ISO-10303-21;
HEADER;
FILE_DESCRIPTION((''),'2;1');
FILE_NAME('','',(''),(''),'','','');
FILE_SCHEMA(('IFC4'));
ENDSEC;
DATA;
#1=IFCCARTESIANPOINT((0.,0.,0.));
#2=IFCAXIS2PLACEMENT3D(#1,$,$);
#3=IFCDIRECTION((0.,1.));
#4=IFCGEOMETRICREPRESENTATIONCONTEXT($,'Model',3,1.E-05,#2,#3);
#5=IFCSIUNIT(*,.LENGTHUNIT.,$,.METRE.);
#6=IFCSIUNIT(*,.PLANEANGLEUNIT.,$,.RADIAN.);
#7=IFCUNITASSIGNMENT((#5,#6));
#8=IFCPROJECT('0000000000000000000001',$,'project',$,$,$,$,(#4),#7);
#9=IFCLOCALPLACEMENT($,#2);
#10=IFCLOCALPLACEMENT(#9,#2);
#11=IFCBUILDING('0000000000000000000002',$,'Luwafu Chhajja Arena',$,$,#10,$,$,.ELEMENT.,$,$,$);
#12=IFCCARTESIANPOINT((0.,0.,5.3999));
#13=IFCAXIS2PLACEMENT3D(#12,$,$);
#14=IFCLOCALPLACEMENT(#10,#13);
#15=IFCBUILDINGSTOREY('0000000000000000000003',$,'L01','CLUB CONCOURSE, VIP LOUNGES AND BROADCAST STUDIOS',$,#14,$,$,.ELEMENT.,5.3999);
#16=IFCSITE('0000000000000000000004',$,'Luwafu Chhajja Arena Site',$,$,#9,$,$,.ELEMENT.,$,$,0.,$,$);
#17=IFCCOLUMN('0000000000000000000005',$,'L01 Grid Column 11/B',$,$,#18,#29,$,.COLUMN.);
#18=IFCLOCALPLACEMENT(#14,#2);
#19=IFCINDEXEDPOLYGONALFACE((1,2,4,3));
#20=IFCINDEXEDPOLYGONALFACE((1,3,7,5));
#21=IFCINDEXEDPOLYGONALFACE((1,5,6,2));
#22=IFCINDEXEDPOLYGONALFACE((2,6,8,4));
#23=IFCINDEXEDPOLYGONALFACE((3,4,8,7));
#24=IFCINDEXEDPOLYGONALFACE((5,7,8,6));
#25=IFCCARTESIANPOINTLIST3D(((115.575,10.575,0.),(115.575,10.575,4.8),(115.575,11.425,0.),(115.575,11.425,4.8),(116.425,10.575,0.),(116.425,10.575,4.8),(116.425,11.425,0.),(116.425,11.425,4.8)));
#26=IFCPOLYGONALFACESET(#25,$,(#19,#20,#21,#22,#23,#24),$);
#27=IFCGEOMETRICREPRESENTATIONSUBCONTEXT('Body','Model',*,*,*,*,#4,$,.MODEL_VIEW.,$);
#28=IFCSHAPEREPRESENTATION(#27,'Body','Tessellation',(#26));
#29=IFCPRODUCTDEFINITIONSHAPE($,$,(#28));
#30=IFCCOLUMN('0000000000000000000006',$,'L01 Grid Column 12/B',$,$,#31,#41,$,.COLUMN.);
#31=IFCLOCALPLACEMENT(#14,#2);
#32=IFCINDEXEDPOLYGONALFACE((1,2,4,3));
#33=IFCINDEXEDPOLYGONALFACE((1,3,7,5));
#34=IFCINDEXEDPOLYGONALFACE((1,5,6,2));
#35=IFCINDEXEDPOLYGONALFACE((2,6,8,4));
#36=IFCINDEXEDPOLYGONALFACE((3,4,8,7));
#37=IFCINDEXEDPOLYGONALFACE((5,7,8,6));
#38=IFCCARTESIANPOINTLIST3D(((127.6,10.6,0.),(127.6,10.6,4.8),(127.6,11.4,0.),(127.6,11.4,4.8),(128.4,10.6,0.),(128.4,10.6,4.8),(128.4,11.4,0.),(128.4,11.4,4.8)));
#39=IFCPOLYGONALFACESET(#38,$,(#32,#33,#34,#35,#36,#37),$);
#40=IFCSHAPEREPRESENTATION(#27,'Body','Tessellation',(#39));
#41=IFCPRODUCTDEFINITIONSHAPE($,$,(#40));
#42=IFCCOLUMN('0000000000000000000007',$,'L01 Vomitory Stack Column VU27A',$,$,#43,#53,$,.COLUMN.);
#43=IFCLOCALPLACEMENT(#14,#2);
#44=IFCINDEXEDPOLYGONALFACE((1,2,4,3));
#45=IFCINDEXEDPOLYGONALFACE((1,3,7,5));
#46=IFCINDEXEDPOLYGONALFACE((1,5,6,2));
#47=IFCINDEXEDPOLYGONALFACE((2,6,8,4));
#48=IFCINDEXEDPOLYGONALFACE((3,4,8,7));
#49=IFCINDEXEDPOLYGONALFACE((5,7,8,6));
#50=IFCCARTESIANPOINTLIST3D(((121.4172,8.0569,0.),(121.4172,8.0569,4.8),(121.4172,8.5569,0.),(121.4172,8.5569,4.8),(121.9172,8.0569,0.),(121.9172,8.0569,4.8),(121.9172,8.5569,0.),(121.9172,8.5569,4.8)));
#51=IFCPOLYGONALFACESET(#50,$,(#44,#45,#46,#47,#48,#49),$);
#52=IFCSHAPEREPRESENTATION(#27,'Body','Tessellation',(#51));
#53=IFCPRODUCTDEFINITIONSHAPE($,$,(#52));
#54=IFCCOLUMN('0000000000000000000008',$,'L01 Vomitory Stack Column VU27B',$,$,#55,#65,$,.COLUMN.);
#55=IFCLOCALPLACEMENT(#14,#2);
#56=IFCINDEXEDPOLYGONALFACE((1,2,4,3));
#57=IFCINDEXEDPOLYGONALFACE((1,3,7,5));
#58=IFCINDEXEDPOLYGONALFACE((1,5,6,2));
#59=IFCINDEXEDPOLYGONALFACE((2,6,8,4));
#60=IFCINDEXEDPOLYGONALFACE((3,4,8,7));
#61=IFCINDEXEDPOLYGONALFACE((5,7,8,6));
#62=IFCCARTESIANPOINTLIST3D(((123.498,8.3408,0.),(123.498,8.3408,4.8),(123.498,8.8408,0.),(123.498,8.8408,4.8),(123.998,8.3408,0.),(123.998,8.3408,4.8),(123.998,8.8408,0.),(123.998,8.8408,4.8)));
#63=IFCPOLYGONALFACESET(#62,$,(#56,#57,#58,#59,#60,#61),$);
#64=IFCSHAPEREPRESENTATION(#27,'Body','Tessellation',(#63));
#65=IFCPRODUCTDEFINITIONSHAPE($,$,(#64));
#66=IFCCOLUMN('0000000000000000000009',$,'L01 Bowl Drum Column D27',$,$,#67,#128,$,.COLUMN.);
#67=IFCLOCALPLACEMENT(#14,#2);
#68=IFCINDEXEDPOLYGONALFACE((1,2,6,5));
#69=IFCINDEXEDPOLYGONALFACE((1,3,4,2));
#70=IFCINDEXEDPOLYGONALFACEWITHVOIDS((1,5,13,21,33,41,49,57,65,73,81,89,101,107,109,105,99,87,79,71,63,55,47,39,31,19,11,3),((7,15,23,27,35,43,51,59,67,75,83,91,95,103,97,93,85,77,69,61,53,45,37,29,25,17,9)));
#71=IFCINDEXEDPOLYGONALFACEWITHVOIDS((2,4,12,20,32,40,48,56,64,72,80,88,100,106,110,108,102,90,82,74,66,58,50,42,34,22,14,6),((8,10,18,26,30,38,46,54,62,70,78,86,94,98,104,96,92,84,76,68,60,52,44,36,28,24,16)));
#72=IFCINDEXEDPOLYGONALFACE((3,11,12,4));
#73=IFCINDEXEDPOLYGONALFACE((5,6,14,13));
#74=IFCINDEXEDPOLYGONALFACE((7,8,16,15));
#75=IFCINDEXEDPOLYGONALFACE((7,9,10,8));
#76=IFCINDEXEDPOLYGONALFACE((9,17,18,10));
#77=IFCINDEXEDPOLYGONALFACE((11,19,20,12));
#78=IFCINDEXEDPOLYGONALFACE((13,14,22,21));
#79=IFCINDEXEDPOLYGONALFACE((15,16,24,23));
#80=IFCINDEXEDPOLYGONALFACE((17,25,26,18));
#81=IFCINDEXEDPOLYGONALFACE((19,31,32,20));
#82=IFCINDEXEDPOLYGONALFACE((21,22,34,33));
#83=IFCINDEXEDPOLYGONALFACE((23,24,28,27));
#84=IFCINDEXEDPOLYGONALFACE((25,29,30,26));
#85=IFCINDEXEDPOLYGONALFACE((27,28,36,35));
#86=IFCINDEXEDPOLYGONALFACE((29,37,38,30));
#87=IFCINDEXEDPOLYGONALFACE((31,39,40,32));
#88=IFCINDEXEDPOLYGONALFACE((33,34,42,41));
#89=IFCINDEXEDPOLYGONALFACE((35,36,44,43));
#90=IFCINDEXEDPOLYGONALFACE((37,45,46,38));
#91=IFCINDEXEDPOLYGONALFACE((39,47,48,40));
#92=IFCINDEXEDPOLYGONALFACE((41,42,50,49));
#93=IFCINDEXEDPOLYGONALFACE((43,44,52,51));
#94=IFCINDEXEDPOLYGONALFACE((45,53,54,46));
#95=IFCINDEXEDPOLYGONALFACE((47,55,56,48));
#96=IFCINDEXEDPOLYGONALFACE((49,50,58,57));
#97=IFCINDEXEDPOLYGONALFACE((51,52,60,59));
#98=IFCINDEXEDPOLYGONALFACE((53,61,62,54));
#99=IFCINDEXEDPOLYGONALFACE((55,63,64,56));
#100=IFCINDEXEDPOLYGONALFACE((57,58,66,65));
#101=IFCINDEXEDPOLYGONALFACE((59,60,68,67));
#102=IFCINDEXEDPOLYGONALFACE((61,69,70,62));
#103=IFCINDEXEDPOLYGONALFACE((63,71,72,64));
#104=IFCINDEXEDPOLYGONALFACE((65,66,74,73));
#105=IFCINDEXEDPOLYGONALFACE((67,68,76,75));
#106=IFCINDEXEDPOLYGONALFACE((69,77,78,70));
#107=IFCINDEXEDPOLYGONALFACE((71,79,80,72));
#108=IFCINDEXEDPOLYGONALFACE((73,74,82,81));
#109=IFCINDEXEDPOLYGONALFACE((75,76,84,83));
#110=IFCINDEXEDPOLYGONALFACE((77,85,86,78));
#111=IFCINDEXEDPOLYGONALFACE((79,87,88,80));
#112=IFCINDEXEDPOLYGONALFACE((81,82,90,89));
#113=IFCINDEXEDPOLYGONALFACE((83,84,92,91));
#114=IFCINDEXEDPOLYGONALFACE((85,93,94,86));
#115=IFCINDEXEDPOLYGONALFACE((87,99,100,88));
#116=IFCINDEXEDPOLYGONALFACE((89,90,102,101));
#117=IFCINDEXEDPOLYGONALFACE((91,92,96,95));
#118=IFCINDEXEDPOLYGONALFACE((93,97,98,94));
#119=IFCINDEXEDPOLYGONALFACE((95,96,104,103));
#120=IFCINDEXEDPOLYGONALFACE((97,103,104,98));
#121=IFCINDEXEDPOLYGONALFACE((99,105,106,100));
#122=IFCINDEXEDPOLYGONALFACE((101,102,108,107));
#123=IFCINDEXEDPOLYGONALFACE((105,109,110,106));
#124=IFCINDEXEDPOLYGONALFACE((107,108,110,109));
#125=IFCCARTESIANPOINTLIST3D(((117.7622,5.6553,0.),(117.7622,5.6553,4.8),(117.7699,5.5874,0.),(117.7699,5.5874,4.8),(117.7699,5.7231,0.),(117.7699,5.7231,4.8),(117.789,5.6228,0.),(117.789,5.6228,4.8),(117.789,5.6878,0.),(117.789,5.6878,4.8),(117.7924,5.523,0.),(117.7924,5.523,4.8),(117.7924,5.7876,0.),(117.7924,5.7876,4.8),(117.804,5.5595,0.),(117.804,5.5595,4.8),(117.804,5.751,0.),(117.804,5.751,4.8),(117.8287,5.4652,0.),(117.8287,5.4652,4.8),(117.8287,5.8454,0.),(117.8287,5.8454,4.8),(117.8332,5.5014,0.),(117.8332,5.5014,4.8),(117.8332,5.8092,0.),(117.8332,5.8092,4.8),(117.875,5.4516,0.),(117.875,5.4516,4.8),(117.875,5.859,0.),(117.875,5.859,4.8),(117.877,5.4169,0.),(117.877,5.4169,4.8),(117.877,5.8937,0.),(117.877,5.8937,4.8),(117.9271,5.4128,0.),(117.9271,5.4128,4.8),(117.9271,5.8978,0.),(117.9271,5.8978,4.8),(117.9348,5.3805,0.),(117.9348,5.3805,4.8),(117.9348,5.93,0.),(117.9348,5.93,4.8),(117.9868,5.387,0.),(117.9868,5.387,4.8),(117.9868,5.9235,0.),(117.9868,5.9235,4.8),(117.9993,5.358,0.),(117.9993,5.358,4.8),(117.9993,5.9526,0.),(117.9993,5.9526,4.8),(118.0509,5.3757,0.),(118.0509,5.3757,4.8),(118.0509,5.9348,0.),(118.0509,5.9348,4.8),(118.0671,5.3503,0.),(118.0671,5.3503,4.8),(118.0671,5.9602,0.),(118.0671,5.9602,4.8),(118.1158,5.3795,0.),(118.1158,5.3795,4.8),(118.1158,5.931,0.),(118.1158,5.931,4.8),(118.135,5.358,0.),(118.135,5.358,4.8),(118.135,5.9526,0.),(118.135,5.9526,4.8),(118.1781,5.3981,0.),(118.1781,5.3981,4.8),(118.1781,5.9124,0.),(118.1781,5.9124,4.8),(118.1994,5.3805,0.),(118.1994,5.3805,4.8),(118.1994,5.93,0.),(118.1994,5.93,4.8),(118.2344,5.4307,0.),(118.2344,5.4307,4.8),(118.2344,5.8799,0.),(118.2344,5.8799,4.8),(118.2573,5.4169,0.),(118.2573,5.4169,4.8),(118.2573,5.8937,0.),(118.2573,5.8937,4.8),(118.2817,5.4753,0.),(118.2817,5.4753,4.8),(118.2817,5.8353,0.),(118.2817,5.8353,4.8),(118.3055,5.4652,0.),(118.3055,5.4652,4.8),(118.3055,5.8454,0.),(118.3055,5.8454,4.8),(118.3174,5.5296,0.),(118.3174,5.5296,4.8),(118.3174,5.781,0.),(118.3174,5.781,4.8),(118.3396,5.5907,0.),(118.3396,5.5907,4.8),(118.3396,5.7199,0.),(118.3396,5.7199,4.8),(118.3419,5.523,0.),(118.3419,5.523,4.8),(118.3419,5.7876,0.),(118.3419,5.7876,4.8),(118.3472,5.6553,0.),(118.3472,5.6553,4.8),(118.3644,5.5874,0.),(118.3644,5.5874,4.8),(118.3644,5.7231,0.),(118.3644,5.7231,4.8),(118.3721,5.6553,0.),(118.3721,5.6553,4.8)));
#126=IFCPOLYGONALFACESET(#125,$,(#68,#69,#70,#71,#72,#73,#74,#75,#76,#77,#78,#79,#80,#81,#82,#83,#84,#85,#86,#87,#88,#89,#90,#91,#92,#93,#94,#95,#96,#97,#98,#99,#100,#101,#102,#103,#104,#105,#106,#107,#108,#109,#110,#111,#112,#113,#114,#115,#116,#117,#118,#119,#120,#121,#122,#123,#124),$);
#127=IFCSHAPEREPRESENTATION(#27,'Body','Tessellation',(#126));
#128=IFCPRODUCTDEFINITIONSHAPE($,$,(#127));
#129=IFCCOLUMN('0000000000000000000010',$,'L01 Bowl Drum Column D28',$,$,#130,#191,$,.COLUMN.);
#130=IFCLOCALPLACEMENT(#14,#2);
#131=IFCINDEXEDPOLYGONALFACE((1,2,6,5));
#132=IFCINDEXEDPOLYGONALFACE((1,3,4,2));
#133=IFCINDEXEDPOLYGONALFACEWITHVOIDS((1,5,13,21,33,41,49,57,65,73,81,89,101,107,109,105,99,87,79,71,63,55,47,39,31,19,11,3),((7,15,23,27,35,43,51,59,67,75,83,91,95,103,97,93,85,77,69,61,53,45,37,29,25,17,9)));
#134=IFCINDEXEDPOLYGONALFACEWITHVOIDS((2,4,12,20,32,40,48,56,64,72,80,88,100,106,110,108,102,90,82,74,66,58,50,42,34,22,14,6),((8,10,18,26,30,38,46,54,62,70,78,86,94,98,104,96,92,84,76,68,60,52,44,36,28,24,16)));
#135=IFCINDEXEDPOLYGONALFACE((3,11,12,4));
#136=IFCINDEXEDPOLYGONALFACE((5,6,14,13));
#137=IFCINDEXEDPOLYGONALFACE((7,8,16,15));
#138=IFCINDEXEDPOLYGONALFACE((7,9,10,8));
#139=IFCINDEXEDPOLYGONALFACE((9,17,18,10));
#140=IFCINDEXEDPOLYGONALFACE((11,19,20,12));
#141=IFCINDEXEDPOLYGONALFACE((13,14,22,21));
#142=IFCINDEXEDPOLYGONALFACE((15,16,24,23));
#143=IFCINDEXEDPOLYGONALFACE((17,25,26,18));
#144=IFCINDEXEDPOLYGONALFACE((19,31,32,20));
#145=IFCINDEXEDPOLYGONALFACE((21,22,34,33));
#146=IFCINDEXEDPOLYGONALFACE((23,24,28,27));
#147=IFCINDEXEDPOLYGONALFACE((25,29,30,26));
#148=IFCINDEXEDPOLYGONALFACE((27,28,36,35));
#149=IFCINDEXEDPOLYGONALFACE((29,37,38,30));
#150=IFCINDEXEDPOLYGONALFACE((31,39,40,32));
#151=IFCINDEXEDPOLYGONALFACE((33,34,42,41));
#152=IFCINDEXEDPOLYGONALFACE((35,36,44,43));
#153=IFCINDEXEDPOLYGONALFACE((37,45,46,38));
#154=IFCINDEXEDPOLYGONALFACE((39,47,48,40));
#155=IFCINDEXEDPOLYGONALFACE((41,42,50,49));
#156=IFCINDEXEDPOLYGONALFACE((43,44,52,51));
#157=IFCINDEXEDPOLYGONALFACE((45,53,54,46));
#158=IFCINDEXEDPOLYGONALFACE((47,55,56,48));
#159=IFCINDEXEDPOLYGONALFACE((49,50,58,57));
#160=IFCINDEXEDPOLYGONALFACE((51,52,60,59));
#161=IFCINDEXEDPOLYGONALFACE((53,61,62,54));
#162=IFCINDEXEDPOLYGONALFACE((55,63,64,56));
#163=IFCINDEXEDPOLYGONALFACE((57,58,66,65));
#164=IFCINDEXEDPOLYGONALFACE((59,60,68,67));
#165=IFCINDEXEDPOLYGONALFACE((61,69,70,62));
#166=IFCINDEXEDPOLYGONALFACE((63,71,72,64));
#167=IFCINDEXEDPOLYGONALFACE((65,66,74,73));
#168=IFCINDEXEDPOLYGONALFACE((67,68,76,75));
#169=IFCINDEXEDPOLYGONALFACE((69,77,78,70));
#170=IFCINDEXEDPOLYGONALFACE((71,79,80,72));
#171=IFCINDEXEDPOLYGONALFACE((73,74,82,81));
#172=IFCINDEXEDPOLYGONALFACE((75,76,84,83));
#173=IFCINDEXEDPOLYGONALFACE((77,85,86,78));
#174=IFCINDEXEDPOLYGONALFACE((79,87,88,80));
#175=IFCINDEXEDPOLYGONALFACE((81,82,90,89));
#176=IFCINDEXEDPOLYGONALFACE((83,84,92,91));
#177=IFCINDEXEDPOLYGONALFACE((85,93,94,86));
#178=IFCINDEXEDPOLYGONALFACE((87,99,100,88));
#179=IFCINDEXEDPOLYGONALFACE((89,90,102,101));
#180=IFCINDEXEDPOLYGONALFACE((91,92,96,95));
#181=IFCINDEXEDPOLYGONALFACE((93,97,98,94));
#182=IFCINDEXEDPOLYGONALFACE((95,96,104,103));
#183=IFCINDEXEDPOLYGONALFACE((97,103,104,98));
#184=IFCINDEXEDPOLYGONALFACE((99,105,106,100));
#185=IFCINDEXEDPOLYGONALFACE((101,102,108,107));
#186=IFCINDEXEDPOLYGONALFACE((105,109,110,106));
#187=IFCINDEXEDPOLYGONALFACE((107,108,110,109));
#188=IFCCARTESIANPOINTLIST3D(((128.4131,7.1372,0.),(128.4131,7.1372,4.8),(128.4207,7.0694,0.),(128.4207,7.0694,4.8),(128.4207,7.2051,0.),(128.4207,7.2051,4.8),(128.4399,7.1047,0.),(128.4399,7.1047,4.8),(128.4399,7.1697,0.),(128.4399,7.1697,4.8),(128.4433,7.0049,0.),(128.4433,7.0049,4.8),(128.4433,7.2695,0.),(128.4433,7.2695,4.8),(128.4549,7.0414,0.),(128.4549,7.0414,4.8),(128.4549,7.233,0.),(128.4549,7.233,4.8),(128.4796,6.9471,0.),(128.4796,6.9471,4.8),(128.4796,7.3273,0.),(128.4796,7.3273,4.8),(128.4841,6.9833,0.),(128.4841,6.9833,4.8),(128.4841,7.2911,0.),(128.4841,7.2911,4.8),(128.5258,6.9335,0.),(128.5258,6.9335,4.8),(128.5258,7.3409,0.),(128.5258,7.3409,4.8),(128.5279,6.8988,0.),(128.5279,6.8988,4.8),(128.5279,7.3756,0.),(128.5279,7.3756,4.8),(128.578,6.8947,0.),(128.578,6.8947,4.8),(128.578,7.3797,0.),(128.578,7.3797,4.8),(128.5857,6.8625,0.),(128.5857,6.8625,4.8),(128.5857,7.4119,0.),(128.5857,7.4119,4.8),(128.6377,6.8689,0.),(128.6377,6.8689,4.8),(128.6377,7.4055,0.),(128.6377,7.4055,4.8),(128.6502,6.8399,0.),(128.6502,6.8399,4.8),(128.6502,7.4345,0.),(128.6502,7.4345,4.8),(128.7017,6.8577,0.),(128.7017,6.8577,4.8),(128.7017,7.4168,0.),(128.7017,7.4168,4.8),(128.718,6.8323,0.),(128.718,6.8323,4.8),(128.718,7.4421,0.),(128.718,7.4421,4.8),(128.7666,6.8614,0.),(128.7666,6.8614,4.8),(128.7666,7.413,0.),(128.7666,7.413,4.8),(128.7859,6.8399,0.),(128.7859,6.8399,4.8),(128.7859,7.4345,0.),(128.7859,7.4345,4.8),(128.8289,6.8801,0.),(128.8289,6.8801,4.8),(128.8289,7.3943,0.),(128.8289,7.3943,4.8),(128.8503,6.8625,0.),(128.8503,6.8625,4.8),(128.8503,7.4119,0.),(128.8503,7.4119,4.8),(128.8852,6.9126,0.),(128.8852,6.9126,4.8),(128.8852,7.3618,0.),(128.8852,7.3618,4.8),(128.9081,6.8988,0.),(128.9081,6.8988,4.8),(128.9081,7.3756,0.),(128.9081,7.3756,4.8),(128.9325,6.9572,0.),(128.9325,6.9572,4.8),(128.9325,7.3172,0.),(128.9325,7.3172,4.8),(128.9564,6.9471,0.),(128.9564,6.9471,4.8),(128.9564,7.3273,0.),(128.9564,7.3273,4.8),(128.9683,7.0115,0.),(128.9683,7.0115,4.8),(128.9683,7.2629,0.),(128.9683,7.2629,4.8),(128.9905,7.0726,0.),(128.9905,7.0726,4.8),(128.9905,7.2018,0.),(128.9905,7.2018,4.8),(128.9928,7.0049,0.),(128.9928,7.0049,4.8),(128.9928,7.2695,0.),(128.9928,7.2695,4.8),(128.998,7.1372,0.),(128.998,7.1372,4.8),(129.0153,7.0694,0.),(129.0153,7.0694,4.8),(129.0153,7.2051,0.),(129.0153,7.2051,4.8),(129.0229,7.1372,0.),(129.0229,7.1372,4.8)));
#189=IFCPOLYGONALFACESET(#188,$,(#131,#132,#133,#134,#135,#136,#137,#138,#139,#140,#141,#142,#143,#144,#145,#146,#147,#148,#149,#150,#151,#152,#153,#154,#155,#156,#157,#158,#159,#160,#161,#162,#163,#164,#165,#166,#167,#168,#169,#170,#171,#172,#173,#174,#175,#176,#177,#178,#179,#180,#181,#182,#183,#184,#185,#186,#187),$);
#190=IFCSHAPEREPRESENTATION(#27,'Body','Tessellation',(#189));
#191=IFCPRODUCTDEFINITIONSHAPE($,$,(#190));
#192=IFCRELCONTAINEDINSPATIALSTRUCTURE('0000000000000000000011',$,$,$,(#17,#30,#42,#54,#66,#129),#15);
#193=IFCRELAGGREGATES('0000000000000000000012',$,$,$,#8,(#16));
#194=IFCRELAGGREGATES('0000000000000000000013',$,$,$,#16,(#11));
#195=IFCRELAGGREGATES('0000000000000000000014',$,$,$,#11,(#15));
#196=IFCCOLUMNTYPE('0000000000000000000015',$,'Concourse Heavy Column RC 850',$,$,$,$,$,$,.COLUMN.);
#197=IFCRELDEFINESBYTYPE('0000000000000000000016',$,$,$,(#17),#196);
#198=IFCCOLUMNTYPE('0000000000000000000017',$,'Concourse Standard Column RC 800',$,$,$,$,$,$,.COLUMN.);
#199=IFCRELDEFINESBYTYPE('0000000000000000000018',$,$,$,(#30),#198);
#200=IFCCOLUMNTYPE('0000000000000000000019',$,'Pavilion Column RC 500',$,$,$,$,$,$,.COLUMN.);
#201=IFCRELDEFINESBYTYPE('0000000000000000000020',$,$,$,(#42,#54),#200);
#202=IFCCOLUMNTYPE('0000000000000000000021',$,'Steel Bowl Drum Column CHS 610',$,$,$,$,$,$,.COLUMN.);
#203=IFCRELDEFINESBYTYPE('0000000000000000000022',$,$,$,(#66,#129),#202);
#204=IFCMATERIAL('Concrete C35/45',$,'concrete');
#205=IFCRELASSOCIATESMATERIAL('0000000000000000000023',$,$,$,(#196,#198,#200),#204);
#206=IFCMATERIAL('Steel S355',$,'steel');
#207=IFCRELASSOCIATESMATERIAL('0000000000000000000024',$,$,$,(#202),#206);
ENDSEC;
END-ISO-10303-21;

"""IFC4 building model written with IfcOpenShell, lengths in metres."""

from ifc_helpers import new_model, si_unit, direction, frame, origin, origin_2d, place, context, subcontext, project, spatial, rectangle, hollow_circle, extrude, material, material_profile, profile_set, type_object, element, save


model = new_model("IFC4")

# Units and contexts
model_context = context("Model", 3, precision=1e-05, world=origin(), true_north=direction((0.0, 1.0)))
body_context = subcontext(model_context, "Body", "Model", "MODEL_VIEW")
ifc_project = project(units=[si_unit("LENGTHUNIT", "METRE"), si_unit("PLANEANGLEUNIT", "RADIAN")], contexts=[model_context])

# Site, building, storey
site_placement = place(None, origin())
site = spatial("IfcSite", under=ifc_project, at=site_placement, Name="Luwafu Chhajja Arena Site", CompositionType="ELEMENT", RefElevation=0.0)
building_placement = place(site_placement, origin())
building = spatial("IfcBuilding", under=site, at=building_placement, Name="Luwafu Chhajja Arena", CompositionType="ELEMENT")
storey_placement = place(building_placement, frame((0.0, 0.0, 5.3999)))
storey = spatial("IfcBuildingStorey", under=building, at=storey_placement, Name="L01", Description="CLUB CONCOURSE, VIP LOUNGES AND BROADCAST STUDIOS", CompositionType="ELEMENT", Elevation=5.3999)

# Columns
ifc_material_1 = material(Name="Concrete C35/45", Category="concrete")
ifc_material_profile_1 = material_profile(ifc_material_1, rectangle(XDim=0.8501, YDim=0.8501, at=origin_2d()), Name="RC 850x850")
ifc_profile_set_1 = profile_set([ifc_material_profile_1], Name="Concrete C35/45")
column_type_1 = type_object("IfcColumnType", Name="Concourse Heavy Column RC 850", PredefinedType="COLUMN", material=ifc_profile_set_1)
column_1_placement = place(storey_placement, frame((116.0, 11.0, 0.0), z_axis=(0.0, 0.0, 1.0), x_axis=(1.0, 0.0, 0.0)))
element("IfcColumn", 1, at=column_1_placement, inside=storey, type_object=column_type_1, Name="L01 Grid Column 11/B", PredefinedType="COLUMN", context=body_context, shape_type="SweptSolid", body=[
    extrude(rectangle(XDim=0.8501, YDim=0.8501, at=origin_2d()), origin(), (0.0, 0.0, 1.0), 4.8),
])
ifc_material_profile_2 = material_profile(ifc_material_1, rectangle(XDim=0.8, YDim=0.8, at=origin_2d()), Name="RC 800x800")
ifc_profile_set_2 = profile_set([ifc_material_profile_2], Name="Concrete C35/45")
column_type_2 = type_object("IfcColumnType", Name="Concourse Standard Column RC 800", PredefinedType="COLUMN", material=ifc_profile_set_2)
column_2_placement = place(storey_placement, frame((128.0, 11.0, 0.0), z_axis=(0.0, 0.0, 1.0), x_axis=(1.0, 0.0, 0.0)))
element("IfcColumn", 2, at=column_2_placement, inside=storey, type_object=column_type_2, Name="L01 Grid Column 12/B", PredefinedType="COLUMN", context=body_context, shape_type="SweptSolid", body=[
    extrude(rectangle(XDim=0.8, YDim=0.8, at=origin_2d()), origin(), (0.0, 0.0, 1.0), 4.8),
])
ifc_material_profile_3 = material_profile(ifc_material_1, rectangle(XDim=0.5, YDim=0.5, at=origin_2d()), Name="RC 500x500")
ifc_profile_set_3 = profile_set([ifc_material_profile_3], Name="Concrete C35/45")
column_type_3 = type_object("IfcColumnType", Name="Pavilion Column RC 500", PredefinedType="COLUMN", material=ifc_profile_set_3)
for number, where, z_axis, x_axis, name in (
    (3, (121.6672, 8.3069, 0.0), (0.0, 0.0, 1.0), (1.0, 0.0, 0.0), "L01 Vomitory Stack Column VU27A"),
    (4, (123.748, 8.5908, 0.0), (0.0, 0.0, 1.0), (1.0, 0.0, 0.0), "L01 Vomitory Stack Column VU27B"),
):
    element("IfcColumn", number, at=place(storey_placement, frame(where, z_axis=z_axis, x_axis=x_axis)), inside=storey, type_object=column_type_3, Name=name, PredefinedType="COLUMN", context=body_context, shape_type="SweptSolid", body=[
        extrude(rectangle(XDim=0.5, YDim=0.5, at=origin_2d()), origin(), (0.0, 0.0, 1.0), 4.8),
    ])
ifc_material_2 = material(Name="Steel S355", Category="steel")
ifc_material_profile_4 = material_profile(ifc_material_2, hollow_circle(Radius=0.3049, WallThickness=0.0249, at=origin_2d()), Name="CHS 610x25")
ifc_profile_set_4 = profile_set([ifc_material_profile_4], Name="Steel S355")
column_type_4 = type_object("IfcColumnType", Name="Steel Bowl Drum Column CHS 610", PredefinedType="COLUMN", material=ifc_profile_set_4)
for number, where, z_axis, x_axis, name in (
    (5, (118.0671, 5.6553, 0.0), (0.0, 0.0, 1.0), (1.0, 0.0, 0.0), "L01 Bowl Drum Column D27"),
    (6, (128.718, 7.1372, 0.0), (0.0, 0.0, 1.0), (1.0, 0.0, 0.0), "L01 Bowl Drum Column D28"),
):
    element("IfcColumn", number, at=place(storey_placement, frame(where, z_axis=z_axis, x_axis=x_axis)), inside=storey, type_object=column_type_4, Name=name, PredefinedType="COLUMN", context=body_context, shape_type="SweptSolid", body=[
        extrude(hollow_circle(Radius=0.3049, WallThickness=0.0249, at=origin_2d()), origin(), (0.0, 0.0, 1.0), 4.8),
    ])

save(model, "model.ifc")
